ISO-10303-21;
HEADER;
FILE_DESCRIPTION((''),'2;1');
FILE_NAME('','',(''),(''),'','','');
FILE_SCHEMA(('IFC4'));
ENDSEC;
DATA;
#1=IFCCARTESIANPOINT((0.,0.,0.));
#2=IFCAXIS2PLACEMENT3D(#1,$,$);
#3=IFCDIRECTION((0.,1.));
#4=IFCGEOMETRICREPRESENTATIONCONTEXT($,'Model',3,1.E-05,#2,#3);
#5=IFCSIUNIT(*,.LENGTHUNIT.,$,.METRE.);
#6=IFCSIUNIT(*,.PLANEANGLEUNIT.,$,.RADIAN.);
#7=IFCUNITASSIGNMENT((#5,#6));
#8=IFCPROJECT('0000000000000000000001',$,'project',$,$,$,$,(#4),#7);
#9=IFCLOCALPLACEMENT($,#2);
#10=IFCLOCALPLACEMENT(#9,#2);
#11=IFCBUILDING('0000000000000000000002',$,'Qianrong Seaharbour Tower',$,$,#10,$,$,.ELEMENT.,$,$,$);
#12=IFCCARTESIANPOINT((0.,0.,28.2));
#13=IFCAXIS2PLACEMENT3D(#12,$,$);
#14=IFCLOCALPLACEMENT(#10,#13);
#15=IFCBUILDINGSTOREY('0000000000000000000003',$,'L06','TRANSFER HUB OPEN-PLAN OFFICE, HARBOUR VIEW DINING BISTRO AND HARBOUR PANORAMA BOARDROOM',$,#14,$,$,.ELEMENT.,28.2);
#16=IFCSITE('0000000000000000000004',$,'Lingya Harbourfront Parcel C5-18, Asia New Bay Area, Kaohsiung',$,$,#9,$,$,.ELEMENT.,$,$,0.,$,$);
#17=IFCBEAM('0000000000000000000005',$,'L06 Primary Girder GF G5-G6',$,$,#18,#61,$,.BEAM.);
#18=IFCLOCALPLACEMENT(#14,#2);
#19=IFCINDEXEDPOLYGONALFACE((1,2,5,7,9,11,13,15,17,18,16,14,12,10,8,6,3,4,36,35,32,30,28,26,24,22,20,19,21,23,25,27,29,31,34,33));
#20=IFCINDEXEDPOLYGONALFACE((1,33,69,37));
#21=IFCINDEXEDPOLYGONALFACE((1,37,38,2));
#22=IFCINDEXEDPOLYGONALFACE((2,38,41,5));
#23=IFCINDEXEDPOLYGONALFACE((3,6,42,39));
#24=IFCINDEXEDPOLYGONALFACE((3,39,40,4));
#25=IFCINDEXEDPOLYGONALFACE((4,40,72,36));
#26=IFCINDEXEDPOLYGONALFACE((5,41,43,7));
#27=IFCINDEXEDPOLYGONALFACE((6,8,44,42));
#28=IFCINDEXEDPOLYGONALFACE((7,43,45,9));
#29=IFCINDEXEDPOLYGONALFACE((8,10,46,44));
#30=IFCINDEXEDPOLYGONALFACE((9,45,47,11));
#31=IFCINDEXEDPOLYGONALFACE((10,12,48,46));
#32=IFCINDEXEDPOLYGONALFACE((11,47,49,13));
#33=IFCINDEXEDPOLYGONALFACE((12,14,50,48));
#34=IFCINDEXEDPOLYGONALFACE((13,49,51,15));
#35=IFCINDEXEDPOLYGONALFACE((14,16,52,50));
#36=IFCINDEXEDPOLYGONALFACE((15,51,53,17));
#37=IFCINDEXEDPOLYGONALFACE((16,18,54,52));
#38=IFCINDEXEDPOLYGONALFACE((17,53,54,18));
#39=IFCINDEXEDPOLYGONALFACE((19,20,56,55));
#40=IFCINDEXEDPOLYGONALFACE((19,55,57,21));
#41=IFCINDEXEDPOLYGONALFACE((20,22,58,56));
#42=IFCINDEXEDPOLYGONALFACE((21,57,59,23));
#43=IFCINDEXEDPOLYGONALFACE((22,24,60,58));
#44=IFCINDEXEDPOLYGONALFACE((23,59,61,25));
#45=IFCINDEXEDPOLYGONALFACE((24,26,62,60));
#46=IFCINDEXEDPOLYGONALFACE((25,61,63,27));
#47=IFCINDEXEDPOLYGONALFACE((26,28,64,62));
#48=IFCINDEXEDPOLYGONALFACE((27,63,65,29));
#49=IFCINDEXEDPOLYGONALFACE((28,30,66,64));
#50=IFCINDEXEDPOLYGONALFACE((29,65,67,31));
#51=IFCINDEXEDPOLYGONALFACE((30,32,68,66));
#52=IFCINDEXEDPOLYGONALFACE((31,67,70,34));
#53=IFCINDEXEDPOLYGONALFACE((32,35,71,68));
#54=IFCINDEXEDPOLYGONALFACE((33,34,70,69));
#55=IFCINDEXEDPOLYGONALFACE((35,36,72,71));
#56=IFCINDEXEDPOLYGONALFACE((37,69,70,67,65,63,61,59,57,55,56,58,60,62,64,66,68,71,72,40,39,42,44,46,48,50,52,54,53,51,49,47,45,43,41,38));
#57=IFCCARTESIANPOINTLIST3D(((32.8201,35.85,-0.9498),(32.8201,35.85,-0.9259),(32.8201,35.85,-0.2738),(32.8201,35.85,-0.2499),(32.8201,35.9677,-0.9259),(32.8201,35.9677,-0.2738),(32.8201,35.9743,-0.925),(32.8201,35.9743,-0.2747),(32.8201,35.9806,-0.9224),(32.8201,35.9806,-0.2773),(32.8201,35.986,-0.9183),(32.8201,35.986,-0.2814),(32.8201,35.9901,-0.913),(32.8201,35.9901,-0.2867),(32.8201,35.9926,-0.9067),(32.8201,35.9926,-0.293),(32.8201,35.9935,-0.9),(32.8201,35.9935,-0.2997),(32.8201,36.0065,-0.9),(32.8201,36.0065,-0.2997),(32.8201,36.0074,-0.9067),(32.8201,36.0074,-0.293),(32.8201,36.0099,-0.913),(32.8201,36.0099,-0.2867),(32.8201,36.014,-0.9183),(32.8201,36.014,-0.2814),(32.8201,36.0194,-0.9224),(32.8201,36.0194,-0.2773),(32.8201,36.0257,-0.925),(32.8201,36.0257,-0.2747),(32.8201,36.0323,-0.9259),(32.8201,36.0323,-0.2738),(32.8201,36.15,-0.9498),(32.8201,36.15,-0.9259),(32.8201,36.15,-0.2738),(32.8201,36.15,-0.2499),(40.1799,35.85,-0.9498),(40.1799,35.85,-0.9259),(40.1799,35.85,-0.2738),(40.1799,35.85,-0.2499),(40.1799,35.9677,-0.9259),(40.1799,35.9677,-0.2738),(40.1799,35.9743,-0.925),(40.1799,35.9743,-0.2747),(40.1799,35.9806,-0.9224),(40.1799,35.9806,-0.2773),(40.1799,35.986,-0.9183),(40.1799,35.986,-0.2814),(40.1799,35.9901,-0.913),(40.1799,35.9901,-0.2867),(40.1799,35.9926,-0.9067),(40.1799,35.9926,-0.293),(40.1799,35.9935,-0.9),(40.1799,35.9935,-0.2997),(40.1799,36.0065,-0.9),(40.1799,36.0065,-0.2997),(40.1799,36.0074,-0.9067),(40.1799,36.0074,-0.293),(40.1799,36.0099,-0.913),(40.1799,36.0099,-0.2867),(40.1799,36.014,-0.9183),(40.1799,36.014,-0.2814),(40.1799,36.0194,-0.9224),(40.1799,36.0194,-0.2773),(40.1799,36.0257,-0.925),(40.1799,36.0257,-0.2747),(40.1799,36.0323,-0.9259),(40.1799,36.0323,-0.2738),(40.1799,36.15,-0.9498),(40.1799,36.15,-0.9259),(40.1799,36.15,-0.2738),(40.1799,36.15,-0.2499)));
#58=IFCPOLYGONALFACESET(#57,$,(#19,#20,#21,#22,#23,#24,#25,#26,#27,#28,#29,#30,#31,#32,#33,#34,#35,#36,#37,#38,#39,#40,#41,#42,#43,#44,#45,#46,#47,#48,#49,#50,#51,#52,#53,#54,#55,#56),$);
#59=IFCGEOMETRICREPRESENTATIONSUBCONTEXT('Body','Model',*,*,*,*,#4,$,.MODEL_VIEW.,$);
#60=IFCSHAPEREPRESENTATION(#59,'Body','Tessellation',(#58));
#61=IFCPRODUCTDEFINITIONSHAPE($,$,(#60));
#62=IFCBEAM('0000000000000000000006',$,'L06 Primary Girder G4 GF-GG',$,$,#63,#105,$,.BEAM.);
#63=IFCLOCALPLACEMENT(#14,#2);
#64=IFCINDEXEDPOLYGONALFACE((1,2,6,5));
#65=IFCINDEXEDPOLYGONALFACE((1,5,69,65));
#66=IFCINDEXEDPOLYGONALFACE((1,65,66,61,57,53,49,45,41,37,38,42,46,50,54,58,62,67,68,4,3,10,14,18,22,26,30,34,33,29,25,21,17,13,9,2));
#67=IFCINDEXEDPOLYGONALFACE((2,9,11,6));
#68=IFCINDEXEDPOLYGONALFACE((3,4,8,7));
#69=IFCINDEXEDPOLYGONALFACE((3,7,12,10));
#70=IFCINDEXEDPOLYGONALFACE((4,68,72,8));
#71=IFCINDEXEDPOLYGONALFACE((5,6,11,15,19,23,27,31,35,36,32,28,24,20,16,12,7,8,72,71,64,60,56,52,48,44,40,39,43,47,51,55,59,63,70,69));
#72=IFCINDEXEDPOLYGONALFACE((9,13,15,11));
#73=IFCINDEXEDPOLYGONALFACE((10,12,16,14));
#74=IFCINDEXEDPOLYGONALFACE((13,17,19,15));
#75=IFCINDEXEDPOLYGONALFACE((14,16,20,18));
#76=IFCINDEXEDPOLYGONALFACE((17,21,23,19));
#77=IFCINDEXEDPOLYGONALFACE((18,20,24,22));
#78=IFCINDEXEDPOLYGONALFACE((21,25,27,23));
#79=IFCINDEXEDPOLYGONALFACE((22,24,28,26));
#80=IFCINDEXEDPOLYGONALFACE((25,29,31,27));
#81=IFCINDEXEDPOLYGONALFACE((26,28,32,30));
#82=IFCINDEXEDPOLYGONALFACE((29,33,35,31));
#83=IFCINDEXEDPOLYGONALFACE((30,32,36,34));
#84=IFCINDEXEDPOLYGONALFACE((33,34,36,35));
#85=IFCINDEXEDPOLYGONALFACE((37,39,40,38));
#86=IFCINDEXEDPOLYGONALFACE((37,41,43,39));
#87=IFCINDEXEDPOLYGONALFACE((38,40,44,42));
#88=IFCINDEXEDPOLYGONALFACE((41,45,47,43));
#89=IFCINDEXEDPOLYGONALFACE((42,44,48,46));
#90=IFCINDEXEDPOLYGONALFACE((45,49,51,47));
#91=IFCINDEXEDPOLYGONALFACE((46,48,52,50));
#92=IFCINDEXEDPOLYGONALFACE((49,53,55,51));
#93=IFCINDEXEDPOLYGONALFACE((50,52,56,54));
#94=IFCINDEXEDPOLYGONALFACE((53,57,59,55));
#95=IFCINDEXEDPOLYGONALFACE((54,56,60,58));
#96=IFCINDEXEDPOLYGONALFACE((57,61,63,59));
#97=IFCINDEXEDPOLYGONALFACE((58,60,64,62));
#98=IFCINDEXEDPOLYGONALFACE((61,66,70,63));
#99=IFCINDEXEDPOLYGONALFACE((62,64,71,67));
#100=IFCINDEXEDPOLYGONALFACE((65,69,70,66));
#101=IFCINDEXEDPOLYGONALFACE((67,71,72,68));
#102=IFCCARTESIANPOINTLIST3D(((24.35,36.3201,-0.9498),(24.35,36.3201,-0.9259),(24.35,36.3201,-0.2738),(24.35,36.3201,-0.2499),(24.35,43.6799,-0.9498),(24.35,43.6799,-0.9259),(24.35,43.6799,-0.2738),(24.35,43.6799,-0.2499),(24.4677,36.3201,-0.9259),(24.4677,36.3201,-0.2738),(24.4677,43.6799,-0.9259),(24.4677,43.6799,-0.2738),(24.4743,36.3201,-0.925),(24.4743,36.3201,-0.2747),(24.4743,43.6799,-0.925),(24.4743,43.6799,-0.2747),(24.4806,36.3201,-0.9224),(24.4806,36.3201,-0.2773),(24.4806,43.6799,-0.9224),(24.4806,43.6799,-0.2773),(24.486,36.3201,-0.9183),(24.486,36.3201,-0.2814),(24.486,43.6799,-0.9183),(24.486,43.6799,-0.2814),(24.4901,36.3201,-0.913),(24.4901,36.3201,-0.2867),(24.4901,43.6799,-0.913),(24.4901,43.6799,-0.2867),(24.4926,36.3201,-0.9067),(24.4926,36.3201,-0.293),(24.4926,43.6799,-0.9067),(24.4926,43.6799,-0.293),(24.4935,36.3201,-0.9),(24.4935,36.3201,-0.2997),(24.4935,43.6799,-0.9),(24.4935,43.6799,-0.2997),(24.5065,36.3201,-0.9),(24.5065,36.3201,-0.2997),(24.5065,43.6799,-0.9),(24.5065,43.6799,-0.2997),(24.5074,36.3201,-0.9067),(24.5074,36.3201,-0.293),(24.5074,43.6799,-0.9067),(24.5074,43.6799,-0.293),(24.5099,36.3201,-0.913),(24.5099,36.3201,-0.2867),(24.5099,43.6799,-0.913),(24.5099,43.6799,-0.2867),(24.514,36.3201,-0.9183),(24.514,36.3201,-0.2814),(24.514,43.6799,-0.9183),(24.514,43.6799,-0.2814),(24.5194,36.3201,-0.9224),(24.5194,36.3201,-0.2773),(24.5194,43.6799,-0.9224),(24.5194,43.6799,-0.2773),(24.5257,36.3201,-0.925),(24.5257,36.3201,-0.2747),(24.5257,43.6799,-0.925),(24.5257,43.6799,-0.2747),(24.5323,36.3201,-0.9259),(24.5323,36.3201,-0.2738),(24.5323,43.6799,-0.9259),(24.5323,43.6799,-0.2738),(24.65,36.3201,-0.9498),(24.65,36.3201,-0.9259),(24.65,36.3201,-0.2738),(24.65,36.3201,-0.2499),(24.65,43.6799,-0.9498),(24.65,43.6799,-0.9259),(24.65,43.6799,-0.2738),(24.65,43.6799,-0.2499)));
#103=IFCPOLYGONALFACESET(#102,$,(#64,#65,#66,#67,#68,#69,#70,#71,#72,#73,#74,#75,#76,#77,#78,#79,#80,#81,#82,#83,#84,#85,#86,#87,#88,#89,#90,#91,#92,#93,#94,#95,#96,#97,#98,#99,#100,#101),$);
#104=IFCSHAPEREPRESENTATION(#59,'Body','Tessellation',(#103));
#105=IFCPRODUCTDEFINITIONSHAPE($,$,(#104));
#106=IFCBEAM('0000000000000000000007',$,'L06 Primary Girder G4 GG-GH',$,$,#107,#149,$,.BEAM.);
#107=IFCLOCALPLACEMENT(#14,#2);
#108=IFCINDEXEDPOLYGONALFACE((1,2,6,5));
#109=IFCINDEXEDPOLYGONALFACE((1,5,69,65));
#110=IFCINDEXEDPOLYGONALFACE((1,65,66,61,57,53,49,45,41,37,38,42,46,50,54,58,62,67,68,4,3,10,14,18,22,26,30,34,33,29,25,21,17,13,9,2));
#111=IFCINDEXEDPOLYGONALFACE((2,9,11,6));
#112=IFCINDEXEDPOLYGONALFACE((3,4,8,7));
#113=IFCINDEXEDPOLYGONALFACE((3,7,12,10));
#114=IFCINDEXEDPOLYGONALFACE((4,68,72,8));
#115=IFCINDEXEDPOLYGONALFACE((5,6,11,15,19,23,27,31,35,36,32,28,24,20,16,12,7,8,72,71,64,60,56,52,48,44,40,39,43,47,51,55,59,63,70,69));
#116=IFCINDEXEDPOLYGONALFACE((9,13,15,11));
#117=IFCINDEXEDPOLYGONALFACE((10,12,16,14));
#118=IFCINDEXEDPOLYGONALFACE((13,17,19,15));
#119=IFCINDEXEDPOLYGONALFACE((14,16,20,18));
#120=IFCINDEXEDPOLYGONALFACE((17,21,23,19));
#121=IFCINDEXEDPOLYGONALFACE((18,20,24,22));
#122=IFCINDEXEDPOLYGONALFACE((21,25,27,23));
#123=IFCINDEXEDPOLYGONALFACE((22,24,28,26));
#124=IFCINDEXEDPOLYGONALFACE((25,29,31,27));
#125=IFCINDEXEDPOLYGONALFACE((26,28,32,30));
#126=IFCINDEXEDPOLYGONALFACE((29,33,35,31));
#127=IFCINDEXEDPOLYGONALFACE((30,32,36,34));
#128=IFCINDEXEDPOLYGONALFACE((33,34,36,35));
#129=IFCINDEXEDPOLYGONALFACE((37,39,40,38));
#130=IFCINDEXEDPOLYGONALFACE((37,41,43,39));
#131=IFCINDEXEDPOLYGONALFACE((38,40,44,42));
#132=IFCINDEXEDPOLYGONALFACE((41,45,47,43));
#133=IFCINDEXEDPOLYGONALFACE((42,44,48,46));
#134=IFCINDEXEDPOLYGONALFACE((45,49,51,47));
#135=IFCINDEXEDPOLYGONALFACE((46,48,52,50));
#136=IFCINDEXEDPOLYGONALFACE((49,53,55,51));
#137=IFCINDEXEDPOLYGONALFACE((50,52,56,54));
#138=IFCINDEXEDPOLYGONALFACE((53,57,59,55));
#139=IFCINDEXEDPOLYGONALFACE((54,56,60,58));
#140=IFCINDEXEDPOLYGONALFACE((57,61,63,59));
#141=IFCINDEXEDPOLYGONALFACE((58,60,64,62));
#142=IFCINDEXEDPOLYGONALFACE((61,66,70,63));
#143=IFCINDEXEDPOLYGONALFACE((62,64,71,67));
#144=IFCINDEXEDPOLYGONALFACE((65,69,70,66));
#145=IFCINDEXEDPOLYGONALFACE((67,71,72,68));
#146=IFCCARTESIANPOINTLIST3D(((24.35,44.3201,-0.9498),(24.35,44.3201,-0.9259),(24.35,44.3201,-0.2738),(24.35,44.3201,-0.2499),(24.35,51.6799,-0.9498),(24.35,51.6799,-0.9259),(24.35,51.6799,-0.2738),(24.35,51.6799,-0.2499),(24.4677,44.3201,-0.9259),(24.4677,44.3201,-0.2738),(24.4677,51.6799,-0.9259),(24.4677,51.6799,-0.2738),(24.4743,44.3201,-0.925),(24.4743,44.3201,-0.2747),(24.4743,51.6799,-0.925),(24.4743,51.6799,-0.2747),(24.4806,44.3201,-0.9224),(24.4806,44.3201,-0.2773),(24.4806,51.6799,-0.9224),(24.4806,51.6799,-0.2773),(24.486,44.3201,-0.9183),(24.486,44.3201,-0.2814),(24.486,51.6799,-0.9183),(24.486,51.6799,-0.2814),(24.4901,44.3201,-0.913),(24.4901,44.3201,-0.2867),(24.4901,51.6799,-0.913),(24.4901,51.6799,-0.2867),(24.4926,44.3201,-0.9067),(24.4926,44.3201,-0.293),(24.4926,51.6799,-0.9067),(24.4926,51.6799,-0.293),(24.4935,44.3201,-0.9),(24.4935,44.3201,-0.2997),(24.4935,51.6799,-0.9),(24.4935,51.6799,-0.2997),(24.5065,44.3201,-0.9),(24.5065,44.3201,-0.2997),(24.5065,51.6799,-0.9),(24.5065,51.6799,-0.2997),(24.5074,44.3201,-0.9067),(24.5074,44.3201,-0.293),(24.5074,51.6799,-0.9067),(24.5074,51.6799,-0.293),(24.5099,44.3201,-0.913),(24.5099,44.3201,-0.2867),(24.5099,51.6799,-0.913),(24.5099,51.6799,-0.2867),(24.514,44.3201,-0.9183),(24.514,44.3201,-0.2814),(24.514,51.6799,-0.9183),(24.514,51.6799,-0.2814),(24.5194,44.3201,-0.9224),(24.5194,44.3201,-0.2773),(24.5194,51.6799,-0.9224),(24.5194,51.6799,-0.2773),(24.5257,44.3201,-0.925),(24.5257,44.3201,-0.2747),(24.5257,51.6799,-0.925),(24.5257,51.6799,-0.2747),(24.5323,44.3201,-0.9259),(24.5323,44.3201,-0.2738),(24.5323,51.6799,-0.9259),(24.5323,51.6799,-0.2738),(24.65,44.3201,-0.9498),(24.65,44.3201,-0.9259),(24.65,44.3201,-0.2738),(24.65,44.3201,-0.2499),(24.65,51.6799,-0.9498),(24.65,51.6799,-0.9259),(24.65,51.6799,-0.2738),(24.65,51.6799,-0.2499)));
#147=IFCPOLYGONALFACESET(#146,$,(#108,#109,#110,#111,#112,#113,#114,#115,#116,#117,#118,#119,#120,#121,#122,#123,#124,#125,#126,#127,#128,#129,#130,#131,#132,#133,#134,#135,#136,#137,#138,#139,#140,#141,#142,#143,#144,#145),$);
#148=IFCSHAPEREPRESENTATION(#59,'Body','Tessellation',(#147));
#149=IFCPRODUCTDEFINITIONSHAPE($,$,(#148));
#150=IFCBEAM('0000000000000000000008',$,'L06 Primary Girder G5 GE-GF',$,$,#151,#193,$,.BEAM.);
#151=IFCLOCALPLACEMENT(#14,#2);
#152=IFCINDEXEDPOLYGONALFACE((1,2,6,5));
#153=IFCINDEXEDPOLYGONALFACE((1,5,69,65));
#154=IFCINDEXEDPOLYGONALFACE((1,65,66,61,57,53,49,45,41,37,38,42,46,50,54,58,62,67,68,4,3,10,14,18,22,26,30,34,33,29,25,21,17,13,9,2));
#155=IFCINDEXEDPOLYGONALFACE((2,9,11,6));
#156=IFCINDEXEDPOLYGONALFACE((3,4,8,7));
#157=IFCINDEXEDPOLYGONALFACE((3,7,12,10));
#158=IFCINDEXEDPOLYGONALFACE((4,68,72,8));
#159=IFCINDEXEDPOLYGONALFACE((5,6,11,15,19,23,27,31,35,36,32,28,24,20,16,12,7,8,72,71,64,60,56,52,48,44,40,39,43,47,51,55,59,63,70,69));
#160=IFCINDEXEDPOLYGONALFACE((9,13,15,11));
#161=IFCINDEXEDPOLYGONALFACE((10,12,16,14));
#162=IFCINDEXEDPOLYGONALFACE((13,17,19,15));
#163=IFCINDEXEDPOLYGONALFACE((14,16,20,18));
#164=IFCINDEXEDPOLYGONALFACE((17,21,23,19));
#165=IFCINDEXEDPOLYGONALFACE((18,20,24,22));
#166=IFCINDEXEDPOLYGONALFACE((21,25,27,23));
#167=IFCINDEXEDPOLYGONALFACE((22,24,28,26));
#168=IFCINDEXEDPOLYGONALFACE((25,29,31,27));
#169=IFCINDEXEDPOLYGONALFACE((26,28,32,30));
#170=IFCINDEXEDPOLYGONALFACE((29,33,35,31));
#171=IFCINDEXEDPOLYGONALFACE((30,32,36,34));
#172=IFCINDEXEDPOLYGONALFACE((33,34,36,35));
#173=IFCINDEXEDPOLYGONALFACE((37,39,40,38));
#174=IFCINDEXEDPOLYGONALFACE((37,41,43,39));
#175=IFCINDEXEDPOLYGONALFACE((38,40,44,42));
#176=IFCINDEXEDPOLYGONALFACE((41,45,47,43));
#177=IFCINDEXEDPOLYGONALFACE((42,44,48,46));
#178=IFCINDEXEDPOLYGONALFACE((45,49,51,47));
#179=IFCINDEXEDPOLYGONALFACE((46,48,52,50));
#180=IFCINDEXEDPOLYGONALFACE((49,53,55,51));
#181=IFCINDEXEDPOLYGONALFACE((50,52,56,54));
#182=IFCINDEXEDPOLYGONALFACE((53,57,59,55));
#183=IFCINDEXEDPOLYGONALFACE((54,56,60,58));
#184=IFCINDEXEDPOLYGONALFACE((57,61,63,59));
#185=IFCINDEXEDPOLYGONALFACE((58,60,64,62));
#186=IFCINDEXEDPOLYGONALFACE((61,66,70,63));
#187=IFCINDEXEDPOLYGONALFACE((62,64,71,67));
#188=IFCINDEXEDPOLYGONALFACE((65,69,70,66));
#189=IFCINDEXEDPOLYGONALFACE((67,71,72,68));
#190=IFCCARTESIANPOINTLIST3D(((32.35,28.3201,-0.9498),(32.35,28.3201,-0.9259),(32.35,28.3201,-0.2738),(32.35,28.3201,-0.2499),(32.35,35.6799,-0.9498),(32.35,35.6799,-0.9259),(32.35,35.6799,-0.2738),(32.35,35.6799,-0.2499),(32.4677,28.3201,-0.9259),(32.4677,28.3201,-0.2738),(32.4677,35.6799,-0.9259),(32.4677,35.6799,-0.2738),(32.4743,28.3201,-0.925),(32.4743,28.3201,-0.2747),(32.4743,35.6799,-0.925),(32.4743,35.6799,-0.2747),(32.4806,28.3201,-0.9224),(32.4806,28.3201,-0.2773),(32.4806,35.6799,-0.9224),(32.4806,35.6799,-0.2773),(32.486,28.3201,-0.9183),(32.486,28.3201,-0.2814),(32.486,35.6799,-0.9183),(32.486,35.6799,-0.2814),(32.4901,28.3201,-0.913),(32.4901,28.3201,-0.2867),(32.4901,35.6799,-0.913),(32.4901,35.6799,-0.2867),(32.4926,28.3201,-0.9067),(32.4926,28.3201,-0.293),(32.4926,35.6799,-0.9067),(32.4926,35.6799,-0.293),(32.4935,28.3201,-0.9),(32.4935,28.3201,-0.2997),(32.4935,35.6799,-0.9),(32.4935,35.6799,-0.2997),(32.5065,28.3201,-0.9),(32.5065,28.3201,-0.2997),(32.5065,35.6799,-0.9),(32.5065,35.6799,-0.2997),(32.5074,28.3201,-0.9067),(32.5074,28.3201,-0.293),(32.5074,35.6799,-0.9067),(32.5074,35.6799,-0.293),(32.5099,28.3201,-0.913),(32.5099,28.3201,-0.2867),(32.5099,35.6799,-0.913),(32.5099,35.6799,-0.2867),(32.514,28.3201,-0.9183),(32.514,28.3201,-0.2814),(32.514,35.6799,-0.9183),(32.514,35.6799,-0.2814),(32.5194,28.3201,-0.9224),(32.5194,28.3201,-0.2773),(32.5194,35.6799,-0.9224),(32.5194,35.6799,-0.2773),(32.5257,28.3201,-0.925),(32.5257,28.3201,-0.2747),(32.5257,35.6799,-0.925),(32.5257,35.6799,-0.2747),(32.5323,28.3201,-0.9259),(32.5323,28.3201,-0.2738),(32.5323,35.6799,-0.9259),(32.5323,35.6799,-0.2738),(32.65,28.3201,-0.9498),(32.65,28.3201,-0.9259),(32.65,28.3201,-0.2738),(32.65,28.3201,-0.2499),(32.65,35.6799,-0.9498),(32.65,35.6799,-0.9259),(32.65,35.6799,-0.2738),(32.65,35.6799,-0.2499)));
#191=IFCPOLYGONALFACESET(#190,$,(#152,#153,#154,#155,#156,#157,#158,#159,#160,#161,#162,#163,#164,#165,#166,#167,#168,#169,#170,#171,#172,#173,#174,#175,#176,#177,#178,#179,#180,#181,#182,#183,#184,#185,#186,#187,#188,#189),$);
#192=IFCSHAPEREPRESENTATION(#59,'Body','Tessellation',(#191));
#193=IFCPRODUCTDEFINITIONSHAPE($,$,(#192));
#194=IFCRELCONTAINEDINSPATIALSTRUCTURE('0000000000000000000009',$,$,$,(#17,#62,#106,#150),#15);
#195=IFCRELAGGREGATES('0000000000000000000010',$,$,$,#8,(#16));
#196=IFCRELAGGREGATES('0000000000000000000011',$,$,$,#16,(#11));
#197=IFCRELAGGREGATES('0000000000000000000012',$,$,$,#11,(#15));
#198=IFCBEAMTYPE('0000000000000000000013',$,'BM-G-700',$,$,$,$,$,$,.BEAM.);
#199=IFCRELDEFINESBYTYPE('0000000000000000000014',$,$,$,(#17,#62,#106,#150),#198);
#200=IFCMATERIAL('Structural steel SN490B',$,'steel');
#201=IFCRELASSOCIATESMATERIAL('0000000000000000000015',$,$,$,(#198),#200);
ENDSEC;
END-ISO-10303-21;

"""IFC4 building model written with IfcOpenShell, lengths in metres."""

from ifc_helpers import new_model, si_unit, direction, frame, origin, origin_2d, place, context, subcontext, project, spatial, i_section, extrude, material, material_profile, profile_set, type_object, element, save


model = new_model("IFC4")

# Units and contexts
model_context = context("Model", 3, precision=1e-05, world=origin(), true_north=direction((0.0, 1.0)))
body_context = subcontext(model_context, "Body", "Model", "MODEL_VIEW")
ifc_project = project(units=[si_unit("LENGTHUNIT", "METRE"), si_unit("PLANEANGLEUNIT", "RADIAN")], contexts=[model_context])

# Site, building, storey
site_placement = place(None, origin())
site = spatial("IfcSite", under=ifc_project, at=site_placement, Name="Lingya Harbourfront Parcel C5-18, Asia New Bay Area, Kaohsiung", CompositionType="ELEMENT", RefElevation=0.0)
building_placement = place(site_placement, origin())
building = spatial("IfcBuilding", under=site, at=building_placement, Name="Qianrong Seaharbour Tower", CompositionType="ELEMENT")
storey_placement = place(building_placement, frame((0.0, 0.0, 28.2)))
storey = spatial("IfcBuildingStorey", under=building, at=storey_placement, Name="L06", Description="TRANSFER HUB OPEN-PLAN OFFICE, HARBOUR VIEW DINING BISTRO AND HARBOUR PANORAMA BOARDROOM", CompositionType="ELEMENT", Elevation=28.2)

# Shared definitions
ifc_material_1 = material(Name="Structural steel SN490B", Category="steel")

# Beams
ifc_material_profile_1 = material_profile(ifc_material_1, i_section(OverallWidth=0.3, OverallDepth=0.7, WebThickness=0.0129, FlangeThickness=0.0239, FilletRadius=0.0259, at=origin_2d()), Name="H700x300x13x24")
ifc_profile_set_1 = profile_set([ifc_material_profile_1], Name="Structural steel SN490B")
beam_type_1 = type_object("IfcBeamType", Name="BM-G-700", PredefinedType="BEAM", material=ifc_profile_set_1)
for number, where, z_axis, x_axis, name in (
    (1, (32.8201, 36.0, -0.5999), (1.0, 0.0, 0.0), (0.0, 1.0, 0.0), "L06 Primary Girder GF G5-G6"),
    (2, (24.5, 36.3201, -0.5999), (0.0, 1.0, 0.0), (-1.0, 0.0, 0.0), "L06 Primary Girder G4 GF-GG"),
    (3, (24.5, 44.3201, -0.5999), (0.0, 1.0, 0.0), (-1.0, 0.0, 0.0), "L06 Primary Girder G4 GG-GH"),
    (4, (32.5, 28.3201, -0.5999), (0.0, 1.0, 0.0), (-1.0, 0.0, 0.0), "L06 Primary Girder G5 GE-GF"),
):
    element("IfcBeam", number, at=place(storey_placement, frame(where, z_axis=z_axis, x_axis=x_axis)), inside=storey, type_object=beam_type_1, Name=name, PredefinedType="BEAM", context=body_context, shape_type="SweptSolid", body=[
        extrude(i_section(OverallWidth=0.3, OverallDepth=0.7, WebThickness=0.0129, FlangeThickness=0.0239, FilletRadius=0.0259, at=origin_2d()), origin(), (0.0, 0.0, 1.0), 7.3599),
    ])

save(model, "model.ifc")
